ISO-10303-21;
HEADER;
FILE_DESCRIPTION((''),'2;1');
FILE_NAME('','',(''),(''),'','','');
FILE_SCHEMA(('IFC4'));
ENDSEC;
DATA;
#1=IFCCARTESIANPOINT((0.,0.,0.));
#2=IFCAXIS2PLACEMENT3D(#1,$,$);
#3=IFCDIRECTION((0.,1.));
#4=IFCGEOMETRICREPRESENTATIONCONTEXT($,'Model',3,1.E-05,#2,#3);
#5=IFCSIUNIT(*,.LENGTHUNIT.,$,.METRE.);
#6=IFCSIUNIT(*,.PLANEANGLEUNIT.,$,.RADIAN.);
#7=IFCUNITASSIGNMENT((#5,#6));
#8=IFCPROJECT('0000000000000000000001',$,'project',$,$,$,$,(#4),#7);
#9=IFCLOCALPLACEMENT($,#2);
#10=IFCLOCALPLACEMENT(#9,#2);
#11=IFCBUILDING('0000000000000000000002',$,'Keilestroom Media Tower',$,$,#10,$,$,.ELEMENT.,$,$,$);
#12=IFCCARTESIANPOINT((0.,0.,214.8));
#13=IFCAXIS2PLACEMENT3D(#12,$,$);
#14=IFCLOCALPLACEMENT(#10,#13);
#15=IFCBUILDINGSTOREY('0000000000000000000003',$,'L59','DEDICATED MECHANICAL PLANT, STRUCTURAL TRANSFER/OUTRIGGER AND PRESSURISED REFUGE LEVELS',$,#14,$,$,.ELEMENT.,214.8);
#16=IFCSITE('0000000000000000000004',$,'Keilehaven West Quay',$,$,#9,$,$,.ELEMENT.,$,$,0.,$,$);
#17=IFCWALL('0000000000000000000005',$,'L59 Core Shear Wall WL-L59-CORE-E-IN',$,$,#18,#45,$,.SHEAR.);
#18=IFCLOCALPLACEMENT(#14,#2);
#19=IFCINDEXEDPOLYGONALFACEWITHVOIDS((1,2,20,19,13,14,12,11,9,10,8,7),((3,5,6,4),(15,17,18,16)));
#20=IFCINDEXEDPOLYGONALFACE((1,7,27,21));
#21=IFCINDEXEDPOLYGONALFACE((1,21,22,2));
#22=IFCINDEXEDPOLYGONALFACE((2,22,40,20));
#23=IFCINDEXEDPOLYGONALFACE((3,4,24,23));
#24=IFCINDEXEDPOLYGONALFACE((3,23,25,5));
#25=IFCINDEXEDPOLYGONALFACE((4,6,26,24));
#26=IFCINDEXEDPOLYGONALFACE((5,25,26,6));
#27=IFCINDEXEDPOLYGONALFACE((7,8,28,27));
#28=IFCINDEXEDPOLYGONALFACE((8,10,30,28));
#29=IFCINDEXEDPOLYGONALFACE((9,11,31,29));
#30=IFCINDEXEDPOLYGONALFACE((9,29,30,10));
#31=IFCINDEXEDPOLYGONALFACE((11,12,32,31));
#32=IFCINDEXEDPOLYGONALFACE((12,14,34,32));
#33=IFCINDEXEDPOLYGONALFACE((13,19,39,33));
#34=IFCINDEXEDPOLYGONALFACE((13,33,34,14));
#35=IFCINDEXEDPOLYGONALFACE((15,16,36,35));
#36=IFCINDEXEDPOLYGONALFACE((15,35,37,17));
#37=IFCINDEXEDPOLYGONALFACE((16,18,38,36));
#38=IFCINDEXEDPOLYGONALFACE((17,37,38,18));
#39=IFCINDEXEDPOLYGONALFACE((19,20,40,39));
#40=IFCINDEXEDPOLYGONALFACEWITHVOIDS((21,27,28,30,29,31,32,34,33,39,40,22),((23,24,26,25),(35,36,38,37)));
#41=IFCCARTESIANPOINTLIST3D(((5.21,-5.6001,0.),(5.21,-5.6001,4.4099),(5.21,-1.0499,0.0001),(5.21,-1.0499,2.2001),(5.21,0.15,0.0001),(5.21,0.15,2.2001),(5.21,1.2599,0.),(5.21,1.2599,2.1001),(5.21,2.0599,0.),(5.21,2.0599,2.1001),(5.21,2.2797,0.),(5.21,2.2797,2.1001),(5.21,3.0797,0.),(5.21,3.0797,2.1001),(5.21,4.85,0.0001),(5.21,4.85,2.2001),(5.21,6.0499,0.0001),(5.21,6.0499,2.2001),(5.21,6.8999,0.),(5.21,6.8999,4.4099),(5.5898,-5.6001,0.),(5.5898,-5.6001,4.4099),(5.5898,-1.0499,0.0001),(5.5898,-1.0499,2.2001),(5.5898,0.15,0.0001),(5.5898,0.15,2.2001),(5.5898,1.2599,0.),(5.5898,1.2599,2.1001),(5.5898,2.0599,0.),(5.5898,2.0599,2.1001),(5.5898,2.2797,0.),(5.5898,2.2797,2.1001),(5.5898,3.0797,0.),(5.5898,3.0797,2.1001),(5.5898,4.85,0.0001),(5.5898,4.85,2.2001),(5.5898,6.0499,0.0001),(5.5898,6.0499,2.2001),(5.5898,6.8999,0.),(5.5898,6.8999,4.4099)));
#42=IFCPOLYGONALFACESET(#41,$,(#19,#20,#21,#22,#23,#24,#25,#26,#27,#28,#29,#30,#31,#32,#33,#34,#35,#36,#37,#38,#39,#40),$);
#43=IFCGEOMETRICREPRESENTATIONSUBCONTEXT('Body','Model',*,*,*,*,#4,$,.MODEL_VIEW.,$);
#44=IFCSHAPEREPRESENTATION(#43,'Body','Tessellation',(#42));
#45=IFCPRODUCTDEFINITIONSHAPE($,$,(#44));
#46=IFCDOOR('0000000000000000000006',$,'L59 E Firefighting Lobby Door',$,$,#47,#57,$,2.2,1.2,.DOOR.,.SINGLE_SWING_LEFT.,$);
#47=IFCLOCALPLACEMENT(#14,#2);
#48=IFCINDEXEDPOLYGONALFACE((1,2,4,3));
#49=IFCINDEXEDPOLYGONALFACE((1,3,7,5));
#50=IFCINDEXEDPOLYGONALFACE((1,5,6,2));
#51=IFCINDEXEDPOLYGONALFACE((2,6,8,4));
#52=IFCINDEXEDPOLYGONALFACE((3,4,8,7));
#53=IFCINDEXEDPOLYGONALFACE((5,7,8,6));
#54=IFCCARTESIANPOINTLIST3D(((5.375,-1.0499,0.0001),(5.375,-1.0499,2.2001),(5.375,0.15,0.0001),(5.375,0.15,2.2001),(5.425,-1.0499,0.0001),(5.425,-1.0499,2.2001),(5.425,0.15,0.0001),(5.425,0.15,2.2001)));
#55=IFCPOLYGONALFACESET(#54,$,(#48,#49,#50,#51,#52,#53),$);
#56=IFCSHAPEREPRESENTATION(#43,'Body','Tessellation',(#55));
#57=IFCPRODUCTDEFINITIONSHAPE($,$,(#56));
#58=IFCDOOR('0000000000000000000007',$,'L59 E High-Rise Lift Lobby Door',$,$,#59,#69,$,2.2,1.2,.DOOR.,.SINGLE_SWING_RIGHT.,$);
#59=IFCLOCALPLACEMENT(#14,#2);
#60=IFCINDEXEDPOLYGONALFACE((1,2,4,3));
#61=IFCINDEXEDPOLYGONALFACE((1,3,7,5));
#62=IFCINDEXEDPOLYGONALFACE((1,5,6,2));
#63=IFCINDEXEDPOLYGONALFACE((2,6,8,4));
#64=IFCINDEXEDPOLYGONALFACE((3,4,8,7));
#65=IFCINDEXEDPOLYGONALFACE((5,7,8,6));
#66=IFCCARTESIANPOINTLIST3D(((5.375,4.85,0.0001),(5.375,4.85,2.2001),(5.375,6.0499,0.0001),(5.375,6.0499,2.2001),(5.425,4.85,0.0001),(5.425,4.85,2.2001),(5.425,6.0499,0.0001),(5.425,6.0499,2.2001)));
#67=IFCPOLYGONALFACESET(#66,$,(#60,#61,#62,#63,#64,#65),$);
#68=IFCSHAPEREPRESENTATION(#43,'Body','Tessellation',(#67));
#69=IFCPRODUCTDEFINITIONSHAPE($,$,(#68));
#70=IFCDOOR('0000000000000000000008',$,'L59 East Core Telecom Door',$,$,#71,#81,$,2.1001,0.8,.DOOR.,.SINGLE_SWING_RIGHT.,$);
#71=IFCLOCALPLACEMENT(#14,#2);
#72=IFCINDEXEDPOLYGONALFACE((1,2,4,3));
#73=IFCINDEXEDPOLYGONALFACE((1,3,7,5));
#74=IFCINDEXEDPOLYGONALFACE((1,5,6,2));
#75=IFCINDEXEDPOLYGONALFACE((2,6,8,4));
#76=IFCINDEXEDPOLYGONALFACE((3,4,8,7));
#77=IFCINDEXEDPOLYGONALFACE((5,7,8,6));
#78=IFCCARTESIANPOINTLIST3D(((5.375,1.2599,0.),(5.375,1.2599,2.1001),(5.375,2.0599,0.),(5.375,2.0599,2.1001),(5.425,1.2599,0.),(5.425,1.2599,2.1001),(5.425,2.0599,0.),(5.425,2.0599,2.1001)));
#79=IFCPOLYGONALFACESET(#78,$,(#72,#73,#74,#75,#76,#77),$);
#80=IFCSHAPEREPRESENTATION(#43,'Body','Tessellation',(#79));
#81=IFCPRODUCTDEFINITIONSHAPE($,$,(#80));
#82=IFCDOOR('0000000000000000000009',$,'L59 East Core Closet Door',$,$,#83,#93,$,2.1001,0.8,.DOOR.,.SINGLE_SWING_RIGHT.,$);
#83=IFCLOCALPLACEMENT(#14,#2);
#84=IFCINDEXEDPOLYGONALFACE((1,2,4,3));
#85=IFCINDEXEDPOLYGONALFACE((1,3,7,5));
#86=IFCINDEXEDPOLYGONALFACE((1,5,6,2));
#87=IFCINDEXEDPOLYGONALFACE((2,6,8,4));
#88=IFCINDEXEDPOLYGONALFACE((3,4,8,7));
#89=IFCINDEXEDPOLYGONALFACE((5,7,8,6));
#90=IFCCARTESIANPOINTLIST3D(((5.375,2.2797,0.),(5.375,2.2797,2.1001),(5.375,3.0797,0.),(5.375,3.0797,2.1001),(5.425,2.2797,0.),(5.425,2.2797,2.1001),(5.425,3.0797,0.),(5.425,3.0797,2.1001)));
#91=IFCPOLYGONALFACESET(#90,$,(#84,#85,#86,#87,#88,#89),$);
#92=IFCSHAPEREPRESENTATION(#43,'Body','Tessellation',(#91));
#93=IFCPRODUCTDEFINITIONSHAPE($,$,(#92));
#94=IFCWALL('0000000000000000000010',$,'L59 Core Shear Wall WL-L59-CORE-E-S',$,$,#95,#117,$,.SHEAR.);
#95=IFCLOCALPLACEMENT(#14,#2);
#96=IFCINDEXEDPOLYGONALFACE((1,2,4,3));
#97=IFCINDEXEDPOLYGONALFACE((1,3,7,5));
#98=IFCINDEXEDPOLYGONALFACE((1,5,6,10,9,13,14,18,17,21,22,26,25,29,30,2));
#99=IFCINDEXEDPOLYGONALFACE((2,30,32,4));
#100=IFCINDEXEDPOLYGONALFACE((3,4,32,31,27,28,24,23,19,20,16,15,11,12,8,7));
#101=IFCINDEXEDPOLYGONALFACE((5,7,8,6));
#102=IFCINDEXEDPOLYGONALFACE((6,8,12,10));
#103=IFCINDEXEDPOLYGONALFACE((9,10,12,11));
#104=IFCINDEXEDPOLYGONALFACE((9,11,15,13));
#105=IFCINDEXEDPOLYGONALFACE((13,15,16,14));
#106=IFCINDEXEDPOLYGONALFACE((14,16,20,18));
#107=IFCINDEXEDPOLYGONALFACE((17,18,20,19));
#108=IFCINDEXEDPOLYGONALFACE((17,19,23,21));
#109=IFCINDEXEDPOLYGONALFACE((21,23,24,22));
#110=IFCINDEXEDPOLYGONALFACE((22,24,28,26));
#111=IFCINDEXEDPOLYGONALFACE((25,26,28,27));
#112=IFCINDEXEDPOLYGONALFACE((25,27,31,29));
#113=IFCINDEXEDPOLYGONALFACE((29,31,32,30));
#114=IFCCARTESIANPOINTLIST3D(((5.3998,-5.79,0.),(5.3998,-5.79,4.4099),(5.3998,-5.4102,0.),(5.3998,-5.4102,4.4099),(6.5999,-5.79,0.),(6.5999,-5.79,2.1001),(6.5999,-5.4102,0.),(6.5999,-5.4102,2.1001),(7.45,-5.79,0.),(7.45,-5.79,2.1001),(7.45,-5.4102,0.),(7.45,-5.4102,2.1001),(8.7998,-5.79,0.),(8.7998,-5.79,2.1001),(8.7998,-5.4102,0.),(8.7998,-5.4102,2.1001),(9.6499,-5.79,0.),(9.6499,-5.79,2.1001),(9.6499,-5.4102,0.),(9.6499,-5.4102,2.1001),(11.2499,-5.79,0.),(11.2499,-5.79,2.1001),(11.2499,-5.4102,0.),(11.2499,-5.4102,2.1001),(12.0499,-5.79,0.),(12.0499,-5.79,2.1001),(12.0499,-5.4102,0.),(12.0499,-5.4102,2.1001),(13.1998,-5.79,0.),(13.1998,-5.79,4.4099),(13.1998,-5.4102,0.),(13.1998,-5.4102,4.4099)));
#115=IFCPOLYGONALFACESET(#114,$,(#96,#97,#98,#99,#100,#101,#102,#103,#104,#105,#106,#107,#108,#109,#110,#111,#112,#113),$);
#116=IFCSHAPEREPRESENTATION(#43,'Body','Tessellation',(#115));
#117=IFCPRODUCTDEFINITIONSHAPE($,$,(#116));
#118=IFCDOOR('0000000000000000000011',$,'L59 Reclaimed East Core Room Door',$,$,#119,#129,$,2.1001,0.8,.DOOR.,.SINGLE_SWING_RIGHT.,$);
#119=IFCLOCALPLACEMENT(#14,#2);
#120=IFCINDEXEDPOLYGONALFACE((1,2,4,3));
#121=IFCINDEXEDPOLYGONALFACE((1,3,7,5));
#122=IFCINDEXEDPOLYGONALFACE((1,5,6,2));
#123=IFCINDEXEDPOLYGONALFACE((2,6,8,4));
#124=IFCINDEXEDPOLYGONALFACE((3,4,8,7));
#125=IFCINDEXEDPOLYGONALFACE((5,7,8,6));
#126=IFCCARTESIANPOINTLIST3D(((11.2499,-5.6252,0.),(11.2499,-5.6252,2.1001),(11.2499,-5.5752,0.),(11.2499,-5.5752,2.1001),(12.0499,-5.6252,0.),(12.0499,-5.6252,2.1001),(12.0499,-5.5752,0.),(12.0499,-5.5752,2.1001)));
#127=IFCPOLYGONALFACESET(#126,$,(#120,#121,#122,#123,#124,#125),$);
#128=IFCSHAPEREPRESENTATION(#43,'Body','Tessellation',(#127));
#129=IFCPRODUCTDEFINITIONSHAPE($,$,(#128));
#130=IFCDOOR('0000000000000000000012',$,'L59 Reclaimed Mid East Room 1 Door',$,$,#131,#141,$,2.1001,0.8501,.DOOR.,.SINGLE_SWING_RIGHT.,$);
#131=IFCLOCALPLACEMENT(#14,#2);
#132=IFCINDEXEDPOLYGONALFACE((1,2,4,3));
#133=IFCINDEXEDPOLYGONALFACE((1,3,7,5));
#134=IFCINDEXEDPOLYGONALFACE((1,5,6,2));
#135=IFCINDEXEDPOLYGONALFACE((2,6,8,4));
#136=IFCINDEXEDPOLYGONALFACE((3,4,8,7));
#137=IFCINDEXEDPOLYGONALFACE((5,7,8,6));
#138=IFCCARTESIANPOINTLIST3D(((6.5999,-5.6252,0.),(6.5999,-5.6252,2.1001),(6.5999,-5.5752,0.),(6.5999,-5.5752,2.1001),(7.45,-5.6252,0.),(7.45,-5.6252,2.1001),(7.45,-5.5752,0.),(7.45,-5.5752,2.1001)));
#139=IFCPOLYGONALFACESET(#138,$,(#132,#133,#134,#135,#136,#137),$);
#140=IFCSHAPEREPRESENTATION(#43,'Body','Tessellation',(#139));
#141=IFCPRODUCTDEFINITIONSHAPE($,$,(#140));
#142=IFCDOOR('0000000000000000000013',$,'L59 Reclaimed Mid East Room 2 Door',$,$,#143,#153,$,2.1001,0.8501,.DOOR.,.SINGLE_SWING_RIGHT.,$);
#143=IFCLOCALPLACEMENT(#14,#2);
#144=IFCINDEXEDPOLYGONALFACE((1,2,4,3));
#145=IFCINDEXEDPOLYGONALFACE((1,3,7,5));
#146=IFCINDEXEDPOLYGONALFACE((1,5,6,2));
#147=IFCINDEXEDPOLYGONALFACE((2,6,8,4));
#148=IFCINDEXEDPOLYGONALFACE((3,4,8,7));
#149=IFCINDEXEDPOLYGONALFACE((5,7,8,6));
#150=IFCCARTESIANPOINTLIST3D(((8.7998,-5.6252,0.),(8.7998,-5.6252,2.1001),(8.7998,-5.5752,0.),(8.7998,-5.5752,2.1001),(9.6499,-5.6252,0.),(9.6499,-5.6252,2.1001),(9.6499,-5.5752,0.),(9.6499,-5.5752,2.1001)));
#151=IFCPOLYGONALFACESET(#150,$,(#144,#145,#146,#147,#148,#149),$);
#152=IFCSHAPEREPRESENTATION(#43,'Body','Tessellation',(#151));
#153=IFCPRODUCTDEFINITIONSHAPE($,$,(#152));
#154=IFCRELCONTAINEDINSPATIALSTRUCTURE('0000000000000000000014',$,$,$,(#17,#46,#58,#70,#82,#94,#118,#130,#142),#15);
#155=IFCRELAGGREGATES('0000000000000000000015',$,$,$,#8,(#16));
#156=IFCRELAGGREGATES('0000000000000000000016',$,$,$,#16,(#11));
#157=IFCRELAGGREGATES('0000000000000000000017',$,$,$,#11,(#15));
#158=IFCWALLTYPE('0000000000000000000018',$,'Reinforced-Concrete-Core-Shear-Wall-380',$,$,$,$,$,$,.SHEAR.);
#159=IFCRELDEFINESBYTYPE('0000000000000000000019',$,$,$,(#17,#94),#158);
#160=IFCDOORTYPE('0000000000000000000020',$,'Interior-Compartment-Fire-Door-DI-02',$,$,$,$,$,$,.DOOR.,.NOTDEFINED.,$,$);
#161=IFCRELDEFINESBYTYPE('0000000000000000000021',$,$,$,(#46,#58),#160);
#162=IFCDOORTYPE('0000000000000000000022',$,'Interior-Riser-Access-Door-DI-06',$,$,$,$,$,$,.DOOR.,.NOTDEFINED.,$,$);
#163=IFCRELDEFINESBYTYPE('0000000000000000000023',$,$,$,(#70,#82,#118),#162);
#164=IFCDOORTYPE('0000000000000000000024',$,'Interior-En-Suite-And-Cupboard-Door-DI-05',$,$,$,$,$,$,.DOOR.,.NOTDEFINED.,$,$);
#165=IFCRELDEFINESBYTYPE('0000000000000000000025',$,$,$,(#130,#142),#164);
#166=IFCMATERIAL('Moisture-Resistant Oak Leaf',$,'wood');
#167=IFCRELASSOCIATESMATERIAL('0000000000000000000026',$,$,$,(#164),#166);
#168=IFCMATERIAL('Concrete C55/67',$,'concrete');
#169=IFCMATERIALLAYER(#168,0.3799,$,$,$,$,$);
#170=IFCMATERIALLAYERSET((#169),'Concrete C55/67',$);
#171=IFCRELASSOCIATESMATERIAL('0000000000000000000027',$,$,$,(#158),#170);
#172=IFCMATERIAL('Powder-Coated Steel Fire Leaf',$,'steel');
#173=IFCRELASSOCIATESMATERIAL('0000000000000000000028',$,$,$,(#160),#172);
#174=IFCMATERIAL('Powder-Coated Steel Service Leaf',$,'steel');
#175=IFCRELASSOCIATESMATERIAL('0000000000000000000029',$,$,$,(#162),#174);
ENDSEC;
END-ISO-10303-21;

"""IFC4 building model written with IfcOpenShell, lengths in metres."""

from ifc_helpers import new_model, si_unit, direction, frame, frame_2d, origin, place, context, subcontext, project, spatial, rectangle, extrude, source, transform, mapped, material, layer, layer_set, type_object, element, fill, save


model = new_model("IFC4")

# Units and contexts
model_context = context("Model", 3, precision=1e-05, world=origin(), true_north=direction((0.0, 1.0)))
body_context = subcontext(model_context, "Body", "Model", "MODEL_VIEW")
ifc_project = project(units=[si_unit("LENGTHUNIT", "METRE"), si_unit("PLANEANGLEUNIT", "RADIAN")], contexts=[model_context])

# Site, building, storey
site_placement = place(None, origin())
site = spatial("IfcSite", under=ifc_project, at=site_placement, Name="Keilehaven West Quay", CompositionType="ELEMENT", RefElevation=0.0)
building_placement = place(site_placement, origin())
building = spatial("IfcBuilding", under=site, at=building_placement, Name="Keilestroom Media Tower", CompositionType="ELEMENT")
storey_placement = place(building_placement, frame((0.0, 0.0, 214.8)))
storey = spatial("IfcBuildingStorey", under=building, at=storey_placement, Name="L59", Description="DEDICATED MECHANICAL PLANT, STRUCTURAL TRANSFER/OUTRIGGER AND PRESSURISED REFUGE LEVELS", CompositionType="ELEMENT", Elevation=214.8)

# Shared definitions
ifc_material_1 = material(Name="Moisture-Resistant Oak Leaf", Category="wood")
door_type_1 = type_object("IfcDoorType", Name="Interior-En-Suite-And-Cupboard-Door-DI-05", OperationType="NOTDEFINED", PredefinedType="DOOR", material=ifc_material_1)
shared_shape_1 = source(origin(), body_context, "Body", "SweptSolid", [
    extrude(rectangle(XDim=0.8501, YDim=2.1001, at=frame_2d((0.425, 1.05))), frame((0.0, 0.0249, 0.0), z_axis=(0.0, -1.0, 0.0), x_axis=(1.0, 0.0, 0.0)), (0.0, 0.0, 1.0), 0.05),
])

# Shared definitions
ifc_material_2 = material(Name="Concrete C55/67", Category="concrete")
ifc_layer_1 = layer(ifc_material_2, 0.3799)
ifc_layer_set_1 = layer_set([ifc_layer_1], Name="Concrete C55/67")
wall_type_1 = type_object("IfcWallType", Name="Reinforced-Concrete-Core-Shear-Wall-380", PredefinedType="SHEAR", material=ifc_layer_set_1)

# Walls, openings, doors
wall_1_placement = place(storey_placement, frame((5.3999, -5.6001, 0.0), z_axis=(0.0, 0.0, 1.0), x_axis=(0.0, 1.0, 0.0)))
wall_1 = element("IfcWall", 1, at=wall_1_placement, inside=storey, type_object=wall_type_1, Name="L59 Core Shear Wall WL-L59-CORE-E-IN", PredefinedType="SHEAR", context=body_context, shape_type="SweptSolid", body=[
    extrude(rectangle(XDim=12.5, YDim=0.3799, at=frame_2d((6.25, 0.0))), origin(), (0.0, 0.0, 1.0), 4.4099),
])
opening_1_placement = place(wall_1_placement, frame((4.55, 0.0, 0.0)))
opening_1 = element("IfcOpeningElement", 2, at=opening_1_placement, cuts=wall_1, PredefinedType="OPENING", context=body_context, shape_type="SweptSolid", body=[
    extrude(rectangle(XDim=1.2, YDim=2.2, at=frame_2d((0.6001, 1.1001))), frame((0.0, 0.2, 0.0), z_axis=(0.0, -1.0, 0.0), x_axis=(1.0, 0.0, 0.0)), (0.0, 0.0, 1.0), 0.3999),
])
opening_2_placement = place(wall_1_placement, frame((10.45, 0.0, 0.0)))
opening_2 = element("IfcOpeningElement", 3, at=opening_2_placement, cuts=wall_1, PredefinedType="OPENING", context=body_context, shape_type="SweptSolid", body=[
    extrude(rectangle(XDim=1.2, YDim=2.2, at=frame_2d((0.6001, 1.1001))), frame((0.0, 0.2, 0.0), z_axis=(0.0, -1.0, 0.0), x_axis=(1.0, 0.0, 0.0)), (0.0, 0.0, 1.0), 0.3999),
])
opening_3_placement = place(wall_1_placement, frame((6.8601, 0.0, 0.0)))
opening_3 = element("IfcOpeningElement", 4, at=opening_3_placement, cuts=wall_1, PredefinedType="OPENING", context=body_context, shape_type="SweptSolid", body=[
    extrude(rectangle(XDim=0.8, YDim=2.1001, at=frame_2d((0.3999, 1.05))), frame((0.0, 0.2, 0.0), z_axis=(0.0, -1.0, 0.0), x_axis=(1.0, 0.0, 0.0)), (0.0, 0.0, 1.0), 0.3999),
])
opening_4_placement = place(wall_1_placement, frame((7.8799, 0.0, 0.0)))
opening_4 = element("IfcOpeningElement", 5, at=opening_4_placement, cuts=wall_1, PredefinedType="OPENING", context=body_context, shape_type="SweptSolid", body=[
    extrude(rectangle(XDim=0.8, YDim=2.1001, at=frame_2d((0.3999, 1.05))), frame((0.0, 0.2, 0.0), z_axis=(0.0, -1.0, 0.0), x_axis=(1.0, 0.0, 0.0)), (0.0, 0.0, 1.0), 0.3999),
])
ifc_material_3 = material(Name="Powder-Coated Steel Fire Leaf", Category="steel")
door_type_2 = type_object("IfcDoorType", Name="Interior-Compartment-Fire-Door-DI-02", OperationType="NOTDEFINED", PredefinedType="DOOR", material=ifc_material_3)
shared_shape_2 = source(origin(), body_context, "Body", "SweptSolid", [
    extrude(rectangle(XDim=1.2, YDim=2.2, at=frame_2d((0.6001, 1.1001))), frame((0.0, 0.0249, 0.0), z_axis=(0.0, -1.0, 0.0), x_axis=(1.0, 0.0, 0.0)), (0.0, 0.0, 1.0), 0.05),
])
door_1_placement = place(opening_1_placement, origin())
door_1 = element("IfcDoor", 6, at=door_1_placement, inside=storey, type_object=door_type_2, Name="L59 E Firefighting Lobby Door", OperationType="SINGLE_SWING_LEFT", OverallHeight=2.2, OverallWidth=1.2, PredefinedType="DOOR", context=body_context, shape_type="MappedRepresentation", body=[
    mapped(shared_shape_2, transform((0.0, 0.0, 0.0), x_axis=(1.0, 0.0, 0.0), y_axis=(0.0, 1.0, 0.0), z_axis=(0.0, 0.0, 1.0), scale=1.0)),
])
fill(opening_1, door_1)
door_2_placement = place(opening_2_placement, origin())
door_2 = element("IfcDoor", 7, at=door_2_placement, inside=storey, type_object=door_type_2, Name="L59 E High-Rise Lift Lobby Door", OperationType="SINGLE_SWING_RIGHT", OverallHeight=2.2, OverallWidth=1.2, PredefinedType="DOOR", context=body_context, shape_type="MappedRepresentation", body=[
    mapped(shared_shape_2, transform((0.0, 0.0, 0.0), x_axis=(1.0, 0.0, 0.0), y_axis=(0.0, 1.0, 0.0), z_axis=(0.0, 0.0, 1.0), scale=1.0)),
])
fill(opening_2, door_2)
ifc_material_4 = material(Name="Powder-Coated Steel Service Leaf", Category="steel")
door_type_3 = type_object("IfcDoorType", Name="Interior-Riser-Access-Door-DI-06", OperationType="NOTDEFINED", PredefinedType="DOOR", material=ifc_material_4)
shared_shape_3 = source(origin(), body_context, "Body", "SweptSolid", [
    extrude(rectangle(XDim=0.8, YDim=2.1001, at=frame_2d((0.3999, 1.05))), frame((0.0, 0.0249, 0.0), z_axis=(0.0, -1.0, 0.0), x_axis=(1.0, 0.0, 0.0)), (0.0, 0.0, 1.0), 0.05),
])
door_3_placement = place(opening_3_placement, origin())
door_3 = element("IfcDoor", 8, at=door_3_placement, inside=storey, type_object=door_type_3, Name="L59 East Core Telecom Door", OperationType="SINGLE_SWING_RIGHT", OverallHeight=2.1001, OverallWidth=0.8, PredefinedType="DOOR", context=body_context, shape_type="MappedRepresentation", body=[
    mapped(shared_shape_3, transform((0.0, 0.0, 0.0), x_axis=(1.0, 0.0, 0.0), y_axis=(0.0, 1.0, 0.0), z_axis=(0.0, 0.0, 1.0), scale=1.0)),
])
fill(opening_3, door_3)
door_4_placement = place(opening_4_placement, origin())
door_4 = element("IfcDoor", 9, at=door_4_placement, inside=storey, type_object=door_type_3, Name="L59 East Core Closet Door", OperationType="SINGLE_SWING_RIGHT", OverallHeight=2.1001, OverallWidth=0.8, PredefinedType="DOOR", context=body_context, shape_type="MappedRepresentation", body=[
    mapped(shared_shape_3, transform((0.0, 0.0, 0.0), x_axis=(1.0, 0.0, 0.0), y_axis=(0.0, 1.0, 0.0), z_axis=(0.0, 0.0, 1.0), scale=1.0)),
])
fill(opening_4, door_4)
wall_2_placement = place(storey_placement, frame((5.3999, -5.6001, 0.0), z_axis=(0.0, 0.0, 1.0), x_axis=(1.0, 0.0, 0.0)))
wall_2 = element("IfcWall", 10, at=wall_2_placement, inside=storey, type_object=wall_type_1, Name="L59 Core Shear Wall WL-L59-CORE-E-S", PredefinedType="SHEAR", context=body_context, shape_type="SweptSolid", body=[
    extrude(rectangle(XDim=7.8, YDim=0.3799, at=frame_2d((3.8999, 0.0))), origin(), (0.0, 0.0, 1.0), 4.4099),
])
opening_5_placement = place(wall_2_placement, frame((5.8501, 0.0, 0.0)))
opening_5 = element("IfcOpeningElement", 11, at=opening_5_placement, cuts=wall_2, PredefinedType="OPENING", context=body_context, shape_type="SweptSolid", body=[
    extrude(rectangle(XDim=0.8, YDim=2.1001, at=frame_2d((0.3999, 1.05))), frame((0.0, 0.2, 0.0), z_axis=(0.0, -1.0, 0.0), x_axis=(1.0, 0.0, 0.0)), (0.0, 0.0, 1.0), 0.3999),
])
opening_6_placement = place(wall_2_placement, frame((1.2, 0.0, 0.0)))
opening_6 = element("IfcOpeningElement", 12, at=opening_6_placement, cuts=wall_2, PredefinedType="OPENING", context=body_context, shape_type="SweptSolid", body=[
    extrude(rectangle(XDim=0.8501, YDim=2.1001, at=frame_2d((0.425, 1.05))), frame((0.0, 0.2, 0.0), z_axis=(0.0, -1.0, 0.0), x_axis=(1.0, 0.0, 0.0)), (0.0, 0.0, 1.0), 0.3999),
])
opening_7_placement = place(wall_2_placement, frame((3.3999, 0.0, 0.0)))
opening_7 = element("IfcOpeningElement", 13, at=opening_7_placement, cuts=wall_2, PredefinedType="OPENING", context=body_context, shape_type="SweptSolid", body=[
    extrude(rectangle(XDim=0.8501, YDim=2.1001, at=frame_2d((0.425, 1.05))), frame((0.0, 0.2, 0.0), z_axis=(0.0, -1.0, 0.0), x_axis=(1.0, 0.0, 0.0)), (0.0, 0.0, 1.0), 0.3999),
])
door_5_placement = place(opening_5_placement, origin())
door_5 = element("IfcDoor", 14, at=door_5_placement, inside=storey, type_object=door_type_3, Name="L59 Reclaimed East Core Room Door", OperationType="SINGLE_SWING_RIGHT", OverallHeight=2.1001, OverallWidth=0.8, PredefinedType="DOOR", context=body_context, shape_type="MappedRepresentation", body=[
    mapped(shared_shape_3, transform((0.0, 0.0, 0.0), x_axis=(1.0, 0.0, 0.0), y_axis=(0.0, 1.0, 0.0), z_axis=(0.0, 0.0, 1.0), scale=1.0)),
])
fill(opening_5, door_5)
door_6_placement = place(opening_6_placement, origin())
door_6 = element("IfcDoor", 15, at=door_6_placement, inside=storey, type_object=door_type_1, Name="L59 Reclaimed Mid East Room 1 Door", OperationType="SINGLE_SWING_RIGHT", OverallHeight=2.1001, OverallWidth=0.8501, PredefinedType="DOOR", context=body_context, shape_type="MappedRepresentation", body=[
    mapped(shared_shape_1, transform((0.0, 0.0, 0.0), x_axis=(1.0, 0.0, 0.0), y_axis=(0.0, 1.0, 0.0), z_axis=(0.0, 0.0, 1.0), scale=1.0)),
])
fill(opening_6, door_6)
door_7_placement = place(opening_7_placement, origin())
door_7 = element("IfcDoor", 16, at=door_7_placement, inside=storey, type_object=door_type_1, Name="L59 Reclaimed Mid East Room 2 Door", OperationType="SINGLE_SWING_RIGHT", OverallHeight=2.1001, OverallWidth=0.8501, PredefinedType="DOOR", context=body_context, shape_type="MappedRepresentation", body=[
    mapped(shared_shape_1, transform((0.0, 0.0, 0.0), x_axis=(1.0, 0.0, 0.0), y_axis=(0.0, 1.0, 0.0), z_axis=(0.0, 0.0, 1.0), scale=1.0)),
])
fill(opening_7, door_7)

save(model, "model.ifc")
